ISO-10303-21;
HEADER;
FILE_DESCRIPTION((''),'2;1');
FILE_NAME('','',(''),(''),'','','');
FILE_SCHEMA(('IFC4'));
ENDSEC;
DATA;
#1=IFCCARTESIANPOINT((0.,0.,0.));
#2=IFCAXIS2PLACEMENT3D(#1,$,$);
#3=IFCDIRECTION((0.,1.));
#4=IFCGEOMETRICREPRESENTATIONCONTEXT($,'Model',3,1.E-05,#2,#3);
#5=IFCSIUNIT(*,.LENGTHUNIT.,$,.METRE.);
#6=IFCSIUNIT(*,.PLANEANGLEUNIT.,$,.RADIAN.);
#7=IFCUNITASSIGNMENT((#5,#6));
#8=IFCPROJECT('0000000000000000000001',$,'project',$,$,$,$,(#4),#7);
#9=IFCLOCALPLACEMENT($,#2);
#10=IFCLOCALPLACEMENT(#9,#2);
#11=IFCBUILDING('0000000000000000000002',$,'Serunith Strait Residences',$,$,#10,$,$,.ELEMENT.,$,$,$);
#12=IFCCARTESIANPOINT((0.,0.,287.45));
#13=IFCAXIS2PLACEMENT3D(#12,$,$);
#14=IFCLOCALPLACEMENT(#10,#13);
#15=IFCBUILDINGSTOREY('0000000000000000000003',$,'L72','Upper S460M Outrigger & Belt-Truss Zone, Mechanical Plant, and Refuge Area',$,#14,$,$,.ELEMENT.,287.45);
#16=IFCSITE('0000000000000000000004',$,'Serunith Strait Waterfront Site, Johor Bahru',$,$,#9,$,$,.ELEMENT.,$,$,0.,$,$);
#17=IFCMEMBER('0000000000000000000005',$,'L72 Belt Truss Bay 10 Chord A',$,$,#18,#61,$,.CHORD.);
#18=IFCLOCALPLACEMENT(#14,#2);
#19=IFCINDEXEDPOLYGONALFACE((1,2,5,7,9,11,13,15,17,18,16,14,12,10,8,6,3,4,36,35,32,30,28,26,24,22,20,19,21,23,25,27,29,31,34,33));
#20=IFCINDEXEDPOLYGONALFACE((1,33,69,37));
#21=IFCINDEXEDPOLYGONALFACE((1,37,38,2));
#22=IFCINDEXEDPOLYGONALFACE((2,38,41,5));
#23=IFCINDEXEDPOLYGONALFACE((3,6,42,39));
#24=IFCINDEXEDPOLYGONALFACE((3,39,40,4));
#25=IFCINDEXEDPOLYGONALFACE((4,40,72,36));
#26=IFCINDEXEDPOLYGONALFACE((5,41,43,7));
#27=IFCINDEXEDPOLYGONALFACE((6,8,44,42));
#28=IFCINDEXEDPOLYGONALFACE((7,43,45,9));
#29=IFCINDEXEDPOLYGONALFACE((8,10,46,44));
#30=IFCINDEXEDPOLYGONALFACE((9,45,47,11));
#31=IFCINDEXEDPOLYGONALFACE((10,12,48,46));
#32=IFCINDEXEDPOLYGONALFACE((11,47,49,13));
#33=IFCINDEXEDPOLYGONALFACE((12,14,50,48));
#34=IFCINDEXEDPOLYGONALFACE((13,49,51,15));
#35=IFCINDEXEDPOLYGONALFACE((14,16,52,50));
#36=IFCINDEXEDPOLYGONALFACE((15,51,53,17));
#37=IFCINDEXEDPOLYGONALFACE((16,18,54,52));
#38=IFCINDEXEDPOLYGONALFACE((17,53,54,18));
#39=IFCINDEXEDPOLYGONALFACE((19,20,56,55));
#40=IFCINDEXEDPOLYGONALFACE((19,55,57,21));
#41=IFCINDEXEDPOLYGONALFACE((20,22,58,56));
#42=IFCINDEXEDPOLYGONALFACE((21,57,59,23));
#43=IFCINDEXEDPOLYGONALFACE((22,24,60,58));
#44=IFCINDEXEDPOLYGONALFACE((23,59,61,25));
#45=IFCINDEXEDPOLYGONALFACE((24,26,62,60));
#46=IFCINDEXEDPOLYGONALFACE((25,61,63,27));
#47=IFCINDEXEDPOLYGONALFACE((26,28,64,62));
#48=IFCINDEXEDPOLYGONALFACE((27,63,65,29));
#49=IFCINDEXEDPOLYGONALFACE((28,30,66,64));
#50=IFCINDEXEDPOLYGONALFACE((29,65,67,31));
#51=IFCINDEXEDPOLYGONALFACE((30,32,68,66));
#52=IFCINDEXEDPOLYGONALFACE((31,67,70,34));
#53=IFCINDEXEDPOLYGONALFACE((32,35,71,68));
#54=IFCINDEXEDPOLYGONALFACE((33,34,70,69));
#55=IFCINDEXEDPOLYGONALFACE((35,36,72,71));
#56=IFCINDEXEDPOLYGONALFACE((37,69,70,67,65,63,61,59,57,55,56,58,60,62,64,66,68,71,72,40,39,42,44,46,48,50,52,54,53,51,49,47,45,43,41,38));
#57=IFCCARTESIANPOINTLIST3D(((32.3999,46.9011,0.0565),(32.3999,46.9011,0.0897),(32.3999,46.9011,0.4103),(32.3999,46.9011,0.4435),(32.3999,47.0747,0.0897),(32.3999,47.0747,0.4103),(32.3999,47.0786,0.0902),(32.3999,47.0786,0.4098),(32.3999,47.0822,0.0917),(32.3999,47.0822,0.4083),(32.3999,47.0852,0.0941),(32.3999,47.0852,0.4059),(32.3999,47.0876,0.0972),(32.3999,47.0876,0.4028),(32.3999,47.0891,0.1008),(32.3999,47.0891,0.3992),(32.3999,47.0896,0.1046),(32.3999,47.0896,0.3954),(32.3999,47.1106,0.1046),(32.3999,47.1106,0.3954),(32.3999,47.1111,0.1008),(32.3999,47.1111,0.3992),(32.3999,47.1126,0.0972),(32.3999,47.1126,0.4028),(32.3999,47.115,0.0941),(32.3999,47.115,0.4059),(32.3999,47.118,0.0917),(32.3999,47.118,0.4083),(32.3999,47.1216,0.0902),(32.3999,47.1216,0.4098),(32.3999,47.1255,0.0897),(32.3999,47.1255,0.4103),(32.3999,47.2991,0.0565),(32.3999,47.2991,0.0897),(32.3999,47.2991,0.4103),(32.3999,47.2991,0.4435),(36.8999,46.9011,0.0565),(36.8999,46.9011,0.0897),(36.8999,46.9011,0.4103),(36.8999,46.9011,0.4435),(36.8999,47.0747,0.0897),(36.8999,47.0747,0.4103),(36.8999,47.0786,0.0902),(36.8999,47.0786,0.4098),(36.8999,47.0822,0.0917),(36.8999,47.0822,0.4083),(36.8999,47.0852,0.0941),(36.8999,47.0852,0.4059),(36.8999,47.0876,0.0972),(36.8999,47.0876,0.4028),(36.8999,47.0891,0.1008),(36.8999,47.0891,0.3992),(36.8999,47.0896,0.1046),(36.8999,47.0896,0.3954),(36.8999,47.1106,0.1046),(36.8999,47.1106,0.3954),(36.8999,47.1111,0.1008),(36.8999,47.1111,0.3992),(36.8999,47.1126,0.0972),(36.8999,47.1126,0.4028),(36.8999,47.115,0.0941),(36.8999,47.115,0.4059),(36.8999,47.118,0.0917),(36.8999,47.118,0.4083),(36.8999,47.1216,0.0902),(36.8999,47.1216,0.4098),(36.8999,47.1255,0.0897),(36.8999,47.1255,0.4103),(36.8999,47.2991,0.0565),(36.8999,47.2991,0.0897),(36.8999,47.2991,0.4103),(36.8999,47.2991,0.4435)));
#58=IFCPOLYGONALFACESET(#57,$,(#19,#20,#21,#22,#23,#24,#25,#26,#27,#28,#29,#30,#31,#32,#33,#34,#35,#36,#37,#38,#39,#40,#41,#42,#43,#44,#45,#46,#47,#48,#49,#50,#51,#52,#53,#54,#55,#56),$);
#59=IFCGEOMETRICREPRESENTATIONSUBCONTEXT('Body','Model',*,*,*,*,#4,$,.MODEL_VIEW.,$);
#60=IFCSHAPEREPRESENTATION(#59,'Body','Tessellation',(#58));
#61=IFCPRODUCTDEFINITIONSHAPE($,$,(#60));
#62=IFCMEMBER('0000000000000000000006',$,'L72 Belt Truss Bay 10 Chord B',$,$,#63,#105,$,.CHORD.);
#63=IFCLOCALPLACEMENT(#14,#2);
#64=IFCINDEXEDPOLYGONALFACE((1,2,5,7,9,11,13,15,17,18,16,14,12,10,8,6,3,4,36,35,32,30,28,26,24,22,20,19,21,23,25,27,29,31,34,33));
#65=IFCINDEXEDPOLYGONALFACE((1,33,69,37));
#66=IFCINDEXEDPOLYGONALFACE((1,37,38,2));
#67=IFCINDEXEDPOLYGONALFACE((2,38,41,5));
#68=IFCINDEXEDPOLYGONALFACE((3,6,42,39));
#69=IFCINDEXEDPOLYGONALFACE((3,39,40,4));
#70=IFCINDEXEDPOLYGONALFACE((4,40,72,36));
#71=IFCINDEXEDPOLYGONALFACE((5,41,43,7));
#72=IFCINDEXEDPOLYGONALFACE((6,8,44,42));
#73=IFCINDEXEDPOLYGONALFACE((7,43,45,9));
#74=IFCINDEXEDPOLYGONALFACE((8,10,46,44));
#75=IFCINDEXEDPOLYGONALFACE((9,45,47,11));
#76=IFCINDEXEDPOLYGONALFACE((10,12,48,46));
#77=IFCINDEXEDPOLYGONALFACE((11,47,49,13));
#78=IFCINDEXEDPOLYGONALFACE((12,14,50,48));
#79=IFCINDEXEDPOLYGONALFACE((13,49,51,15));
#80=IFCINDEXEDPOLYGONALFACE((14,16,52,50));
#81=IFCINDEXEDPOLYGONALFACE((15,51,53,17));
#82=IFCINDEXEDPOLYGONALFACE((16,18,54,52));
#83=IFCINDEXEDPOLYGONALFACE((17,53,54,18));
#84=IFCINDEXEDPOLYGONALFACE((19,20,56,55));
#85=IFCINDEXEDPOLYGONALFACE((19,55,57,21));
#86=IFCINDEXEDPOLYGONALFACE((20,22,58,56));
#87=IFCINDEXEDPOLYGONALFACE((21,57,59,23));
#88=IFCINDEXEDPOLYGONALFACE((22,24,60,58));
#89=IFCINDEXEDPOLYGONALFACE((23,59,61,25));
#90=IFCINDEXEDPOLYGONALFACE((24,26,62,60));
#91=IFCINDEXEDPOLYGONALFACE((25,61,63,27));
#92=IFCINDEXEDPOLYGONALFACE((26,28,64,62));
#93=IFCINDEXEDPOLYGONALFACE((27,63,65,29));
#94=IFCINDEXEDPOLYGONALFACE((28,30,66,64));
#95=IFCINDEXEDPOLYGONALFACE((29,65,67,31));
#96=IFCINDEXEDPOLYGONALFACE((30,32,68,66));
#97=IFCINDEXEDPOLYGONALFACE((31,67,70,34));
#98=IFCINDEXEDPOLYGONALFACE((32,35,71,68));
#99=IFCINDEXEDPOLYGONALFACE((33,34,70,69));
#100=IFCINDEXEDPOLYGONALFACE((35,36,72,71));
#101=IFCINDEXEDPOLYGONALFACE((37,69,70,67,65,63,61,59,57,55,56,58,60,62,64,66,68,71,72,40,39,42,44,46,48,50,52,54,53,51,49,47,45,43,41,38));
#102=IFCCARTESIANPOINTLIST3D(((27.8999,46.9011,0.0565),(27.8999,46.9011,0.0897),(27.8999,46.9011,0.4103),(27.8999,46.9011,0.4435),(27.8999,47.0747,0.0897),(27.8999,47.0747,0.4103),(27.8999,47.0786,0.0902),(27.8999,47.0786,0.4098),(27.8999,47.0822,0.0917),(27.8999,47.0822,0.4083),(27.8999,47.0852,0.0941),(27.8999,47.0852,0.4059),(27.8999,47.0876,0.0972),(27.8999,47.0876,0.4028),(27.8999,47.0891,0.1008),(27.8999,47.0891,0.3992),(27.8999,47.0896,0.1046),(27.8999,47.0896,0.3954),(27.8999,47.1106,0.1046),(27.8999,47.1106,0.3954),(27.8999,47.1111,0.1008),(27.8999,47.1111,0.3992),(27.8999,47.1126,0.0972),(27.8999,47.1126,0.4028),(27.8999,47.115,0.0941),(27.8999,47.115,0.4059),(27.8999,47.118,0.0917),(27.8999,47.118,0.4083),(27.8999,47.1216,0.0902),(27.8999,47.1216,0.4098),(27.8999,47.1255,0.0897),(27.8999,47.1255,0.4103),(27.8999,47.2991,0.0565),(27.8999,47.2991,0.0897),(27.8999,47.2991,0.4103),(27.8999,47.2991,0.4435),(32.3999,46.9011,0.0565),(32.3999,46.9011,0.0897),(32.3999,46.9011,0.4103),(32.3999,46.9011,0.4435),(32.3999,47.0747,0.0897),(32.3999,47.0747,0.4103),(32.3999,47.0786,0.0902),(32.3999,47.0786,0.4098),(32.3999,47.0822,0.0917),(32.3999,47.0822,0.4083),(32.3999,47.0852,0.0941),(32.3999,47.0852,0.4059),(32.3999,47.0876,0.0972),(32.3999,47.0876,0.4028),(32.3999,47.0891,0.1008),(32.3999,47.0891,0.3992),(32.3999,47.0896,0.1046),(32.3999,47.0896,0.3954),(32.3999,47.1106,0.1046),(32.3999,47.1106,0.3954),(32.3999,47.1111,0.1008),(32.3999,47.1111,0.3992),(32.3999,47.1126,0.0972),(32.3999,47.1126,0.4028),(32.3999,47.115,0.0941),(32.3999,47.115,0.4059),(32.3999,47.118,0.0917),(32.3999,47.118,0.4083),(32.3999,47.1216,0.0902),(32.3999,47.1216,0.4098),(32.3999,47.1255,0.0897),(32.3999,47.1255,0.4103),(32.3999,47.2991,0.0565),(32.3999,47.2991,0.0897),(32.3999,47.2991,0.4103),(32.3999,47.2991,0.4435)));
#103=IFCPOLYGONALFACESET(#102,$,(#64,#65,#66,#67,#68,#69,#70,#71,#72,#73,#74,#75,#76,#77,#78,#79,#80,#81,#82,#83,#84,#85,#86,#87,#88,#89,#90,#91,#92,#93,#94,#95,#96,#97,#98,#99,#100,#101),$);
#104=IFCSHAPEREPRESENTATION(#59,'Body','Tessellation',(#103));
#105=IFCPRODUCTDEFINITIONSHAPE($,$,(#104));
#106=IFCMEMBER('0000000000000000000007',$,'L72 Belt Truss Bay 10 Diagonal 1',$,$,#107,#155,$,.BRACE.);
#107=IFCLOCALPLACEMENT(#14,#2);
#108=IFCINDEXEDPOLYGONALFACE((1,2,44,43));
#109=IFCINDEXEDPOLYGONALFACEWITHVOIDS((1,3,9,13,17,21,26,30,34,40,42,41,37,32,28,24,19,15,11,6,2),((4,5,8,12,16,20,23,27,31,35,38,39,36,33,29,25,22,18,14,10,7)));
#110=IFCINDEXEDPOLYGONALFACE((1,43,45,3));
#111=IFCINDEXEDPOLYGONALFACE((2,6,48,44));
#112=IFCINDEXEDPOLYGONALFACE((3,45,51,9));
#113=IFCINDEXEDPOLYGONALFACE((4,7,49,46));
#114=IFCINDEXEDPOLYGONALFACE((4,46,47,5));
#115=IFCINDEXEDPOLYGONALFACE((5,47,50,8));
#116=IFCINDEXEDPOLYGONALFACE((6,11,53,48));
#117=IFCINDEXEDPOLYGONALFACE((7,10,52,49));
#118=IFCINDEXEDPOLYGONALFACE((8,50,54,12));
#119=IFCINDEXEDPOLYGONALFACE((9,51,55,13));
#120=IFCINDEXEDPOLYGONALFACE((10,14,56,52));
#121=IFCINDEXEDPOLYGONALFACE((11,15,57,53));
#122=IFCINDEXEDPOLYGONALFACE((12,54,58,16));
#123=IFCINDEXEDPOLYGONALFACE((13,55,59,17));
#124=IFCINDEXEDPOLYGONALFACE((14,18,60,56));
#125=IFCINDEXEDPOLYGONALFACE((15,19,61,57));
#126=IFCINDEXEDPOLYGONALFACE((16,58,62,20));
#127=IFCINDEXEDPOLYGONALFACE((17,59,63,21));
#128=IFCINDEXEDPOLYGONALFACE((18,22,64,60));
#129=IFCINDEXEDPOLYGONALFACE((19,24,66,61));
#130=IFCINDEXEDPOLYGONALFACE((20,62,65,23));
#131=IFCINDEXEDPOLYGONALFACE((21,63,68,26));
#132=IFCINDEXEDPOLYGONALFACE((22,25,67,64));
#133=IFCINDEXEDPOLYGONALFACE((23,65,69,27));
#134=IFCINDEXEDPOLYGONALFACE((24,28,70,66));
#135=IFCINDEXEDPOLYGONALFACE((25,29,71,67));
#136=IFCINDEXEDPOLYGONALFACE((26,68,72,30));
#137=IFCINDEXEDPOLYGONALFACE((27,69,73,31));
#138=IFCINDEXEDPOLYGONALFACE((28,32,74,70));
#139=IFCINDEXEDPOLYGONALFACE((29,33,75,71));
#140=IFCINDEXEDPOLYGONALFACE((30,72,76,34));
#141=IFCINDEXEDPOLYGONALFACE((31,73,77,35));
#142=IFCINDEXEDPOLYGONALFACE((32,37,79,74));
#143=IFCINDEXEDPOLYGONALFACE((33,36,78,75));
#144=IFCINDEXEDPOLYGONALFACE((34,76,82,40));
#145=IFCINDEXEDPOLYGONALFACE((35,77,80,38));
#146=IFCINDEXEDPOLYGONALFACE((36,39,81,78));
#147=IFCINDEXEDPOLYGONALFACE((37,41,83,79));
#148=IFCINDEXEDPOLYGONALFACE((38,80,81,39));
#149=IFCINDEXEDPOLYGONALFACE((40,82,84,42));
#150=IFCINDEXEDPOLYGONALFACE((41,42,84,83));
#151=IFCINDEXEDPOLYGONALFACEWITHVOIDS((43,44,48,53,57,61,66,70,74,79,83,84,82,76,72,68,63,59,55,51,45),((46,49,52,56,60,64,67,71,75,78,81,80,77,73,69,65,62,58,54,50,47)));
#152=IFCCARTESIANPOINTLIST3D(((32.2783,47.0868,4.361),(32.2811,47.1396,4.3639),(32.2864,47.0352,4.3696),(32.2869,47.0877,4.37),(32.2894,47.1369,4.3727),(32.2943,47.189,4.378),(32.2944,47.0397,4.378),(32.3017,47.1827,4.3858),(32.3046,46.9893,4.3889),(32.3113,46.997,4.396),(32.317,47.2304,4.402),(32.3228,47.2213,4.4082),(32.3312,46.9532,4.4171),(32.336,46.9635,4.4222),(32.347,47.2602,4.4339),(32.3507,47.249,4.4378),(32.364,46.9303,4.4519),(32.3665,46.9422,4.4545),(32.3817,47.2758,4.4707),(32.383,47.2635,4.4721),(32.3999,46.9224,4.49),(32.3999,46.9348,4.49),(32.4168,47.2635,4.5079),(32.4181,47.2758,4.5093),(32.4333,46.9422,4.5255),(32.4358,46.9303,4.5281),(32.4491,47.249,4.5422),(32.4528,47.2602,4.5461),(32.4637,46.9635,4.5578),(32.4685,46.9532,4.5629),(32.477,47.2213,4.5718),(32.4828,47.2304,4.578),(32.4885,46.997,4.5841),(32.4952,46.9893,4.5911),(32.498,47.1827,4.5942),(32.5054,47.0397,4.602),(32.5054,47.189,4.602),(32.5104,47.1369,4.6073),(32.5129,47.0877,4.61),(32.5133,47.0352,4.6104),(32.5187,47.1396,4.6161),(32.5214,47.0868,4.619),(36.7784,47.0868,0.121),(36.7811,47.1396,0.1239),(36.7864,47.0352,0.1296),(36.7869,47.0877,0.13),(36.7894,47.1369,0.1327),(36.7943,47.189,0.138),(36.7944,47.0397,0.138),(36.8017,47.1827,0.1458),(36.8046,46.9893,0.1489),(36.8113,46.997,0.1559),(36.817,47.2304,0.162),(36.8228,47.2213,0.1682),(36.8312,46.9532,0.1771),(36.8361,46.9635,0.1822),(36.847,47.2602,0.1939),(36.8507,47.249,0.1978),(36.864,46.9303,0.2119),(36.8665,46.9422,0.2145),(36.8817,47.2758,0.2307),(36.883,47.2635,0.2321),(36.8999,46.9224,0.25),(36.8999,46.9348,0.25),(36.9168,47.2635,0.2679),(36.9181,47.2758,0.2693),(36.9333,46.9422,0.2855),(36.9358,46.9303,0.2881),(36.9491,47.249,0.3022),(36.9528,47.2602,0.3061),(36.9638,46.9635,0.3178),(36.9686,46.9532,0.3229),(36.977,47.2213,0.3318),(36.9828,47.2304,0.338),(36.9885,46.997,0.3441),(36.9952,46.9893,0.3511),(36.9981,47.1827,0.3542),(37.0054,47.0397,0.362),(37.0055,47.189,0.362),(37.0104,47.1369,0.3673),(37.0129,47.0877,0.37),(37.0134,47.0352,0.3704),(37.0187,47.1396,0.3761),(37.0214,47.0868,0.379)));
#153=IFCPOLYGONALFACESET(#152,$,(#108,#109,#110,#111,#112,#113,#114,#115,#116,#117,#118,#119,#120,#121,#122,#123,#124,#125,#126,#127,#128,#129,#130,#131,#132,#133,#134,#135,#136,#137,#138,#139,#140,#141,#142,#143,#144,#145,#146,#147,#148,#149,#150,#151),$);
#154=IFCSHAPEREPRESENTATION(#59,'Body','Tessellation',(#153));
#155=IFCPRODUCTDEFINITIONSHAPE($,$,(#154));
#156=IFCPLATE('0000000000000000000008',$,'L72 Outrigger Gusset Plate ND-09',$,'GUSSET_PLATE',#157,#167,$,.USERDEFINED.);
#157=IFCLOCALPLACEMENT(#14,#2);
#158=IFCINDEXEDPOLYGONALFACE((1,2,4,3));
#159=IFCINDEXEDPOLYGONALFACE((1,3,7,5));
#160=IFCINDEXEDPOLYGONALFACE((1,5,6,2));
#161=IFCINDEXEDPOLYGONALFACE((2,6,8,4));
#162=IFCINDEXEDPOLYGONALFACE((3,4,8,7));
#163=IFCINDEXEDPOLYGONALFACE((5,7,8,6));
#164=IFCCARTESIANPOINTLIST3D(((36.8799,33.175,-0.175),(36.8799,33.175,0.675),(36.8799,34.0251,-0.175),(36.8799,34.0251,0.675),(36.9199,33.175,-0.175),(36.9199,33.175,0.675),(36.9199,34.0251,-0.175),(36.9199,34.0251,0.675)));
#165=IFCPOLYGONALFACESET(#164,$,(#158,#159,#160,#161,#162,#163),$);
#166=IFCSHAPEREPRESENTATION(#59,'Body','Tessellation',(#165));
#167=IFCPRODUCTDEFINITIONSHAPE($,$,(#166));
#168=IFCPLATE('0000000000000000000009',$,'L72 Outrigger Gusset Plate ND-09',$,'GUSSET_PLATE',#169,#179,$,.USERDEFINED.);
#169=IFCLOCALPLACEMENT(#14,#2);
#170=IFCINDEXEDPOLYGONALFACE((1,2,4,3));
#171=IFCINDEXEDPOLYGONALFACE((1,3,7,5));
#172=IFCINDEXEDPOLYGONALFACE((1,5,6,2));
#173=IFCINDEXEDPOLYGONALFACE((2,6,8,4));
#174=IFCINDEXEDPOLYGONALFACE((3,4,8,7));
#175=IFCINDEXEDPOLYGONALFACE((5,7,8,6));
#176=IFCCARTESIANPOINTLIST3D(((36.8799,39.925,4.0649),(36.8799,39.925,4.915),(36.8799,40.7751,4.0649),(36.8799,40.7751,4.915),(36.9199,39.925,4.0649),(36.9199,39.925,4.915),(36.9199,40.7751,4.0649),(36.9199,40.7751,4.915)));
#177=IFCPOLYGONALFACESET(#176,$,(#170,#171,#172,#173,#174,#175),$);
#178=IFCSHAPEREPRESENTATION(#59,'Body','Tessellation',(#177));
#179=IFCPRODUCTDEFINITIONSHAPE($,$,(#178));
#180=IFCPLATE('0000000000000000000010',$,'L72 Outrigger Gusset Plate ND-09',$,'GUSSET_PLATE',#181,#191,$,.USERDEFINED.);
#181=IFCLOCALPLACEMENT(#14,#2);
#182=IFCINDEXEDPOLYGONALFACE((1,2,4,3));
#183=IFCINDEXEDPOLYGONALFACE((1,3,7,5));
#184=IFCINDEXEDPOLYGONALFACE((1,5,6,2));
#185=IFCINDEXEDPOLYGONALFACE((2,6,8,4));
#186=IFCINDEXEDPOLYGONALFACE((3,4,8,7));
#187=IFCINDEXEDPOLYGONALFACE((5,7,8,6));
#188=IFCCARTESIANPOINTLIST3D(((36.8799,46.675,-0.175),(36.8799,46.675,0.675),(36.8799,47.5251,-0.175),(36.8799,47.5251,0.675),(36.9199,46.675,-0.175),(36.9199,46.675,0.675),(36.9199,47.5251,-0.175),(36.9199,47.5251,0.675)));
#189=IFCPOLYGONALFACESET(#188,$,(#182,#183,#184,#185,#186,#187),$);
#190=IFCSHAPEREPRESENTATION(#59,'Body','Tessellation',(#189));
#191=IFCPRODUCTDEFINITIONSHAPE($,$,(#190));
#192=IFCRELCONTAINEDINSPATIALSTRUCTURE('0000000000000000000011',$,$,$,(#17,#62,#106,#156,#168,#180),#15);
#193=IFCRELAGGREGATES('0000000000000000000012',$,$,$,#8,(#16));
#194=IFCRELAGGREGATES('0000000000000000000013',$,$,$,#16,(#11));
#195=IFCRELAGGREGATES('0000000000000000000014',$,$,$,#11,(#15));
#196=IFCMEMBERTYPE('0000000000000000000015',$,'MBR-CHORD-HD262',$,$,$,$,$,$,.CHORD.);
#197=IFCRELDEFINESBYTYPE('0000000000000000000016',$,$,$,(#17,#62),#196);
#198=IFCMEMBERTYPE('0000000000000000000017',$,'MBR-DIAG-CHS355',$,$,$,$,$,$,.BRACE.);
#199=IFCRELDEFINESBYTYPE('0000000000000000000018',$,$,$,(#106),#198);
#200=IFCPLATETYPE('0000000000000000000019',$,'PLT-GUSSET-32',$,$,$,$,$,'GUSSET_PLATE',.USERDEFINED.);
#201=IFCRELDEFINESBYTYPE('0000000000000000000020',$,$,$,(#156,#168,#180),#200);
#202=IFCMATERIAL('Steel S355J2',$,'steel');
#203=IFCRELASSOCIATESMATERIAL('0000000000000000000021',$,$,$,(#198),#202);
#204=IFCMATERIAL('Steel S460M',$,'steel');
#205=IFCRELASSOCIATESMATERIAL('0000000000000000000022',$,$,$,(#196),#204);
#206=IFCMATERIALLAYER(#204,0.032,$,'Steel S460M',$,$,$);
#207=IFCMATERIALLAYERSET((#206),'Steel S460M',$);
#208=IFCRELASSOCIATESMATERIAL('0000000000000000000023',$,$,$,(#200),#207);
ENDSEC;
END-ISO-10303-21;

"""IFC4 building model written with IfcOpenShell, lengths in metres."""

from ifc_helpers import new_model, si_unit, direction, frame, origin, origin_2d, place, context, subcontext, project, spatial, rectangle, hollow_circle, i_section, extrude, source, transform, mapped, material, layer, layer_set, material_profile, profile_set, type_object, element, save


model = new_model("IFC4")

# Units and contexts
model_context = context("Model", 3, precision=1e-05, world=origin(), true_north=direction((0.0, 1.0)))
body_context = subcontext(model_context, "Body", "Model", "MODEL_VIEW")
ifc_project = project(units=[si_unit("LENGTHUNIT", "METRE"), si_unit("PLANEANGLEUNIT", "RADIAN")], contexts=[model_context])

# Site, building, storey
site_placement = place(None, origin())
site = spatial("IfcSite", under=ifc_project, at=site_placement, Name="Serunith Strait Waterfront Site, Johor Bahru", CompositionType="ELEMENT", RefElevation=0.0)
building_placement = place(site_placement, origin())
building = spatial("IfcBuilding", under=site, at=building_placement, Name="Serunith Strait Residences", CompositionType="ELEMENT")
storey_placement = place(building_placement, frame((0.0, 0.0, 287.45)))
storey = spatial("IfcBuildingStorey", under=building, at=storey_placement, Name="L72", Description="Upper S460M Outrigger & Belt-Truss Zone, Mechanical Plant, and Refuge Area", CompositionType="ELEMENT", Elevation=287.45)

# Shared definitions
ifc_material_1 = material(Name="Steel S355J2", Category="steel")

# Members
ifc_material_2 = material(Name="Steel S460M", Category="steel")
ifc_material_profile_1 = material_profile(ifc_material_1, hollow_circle(Radius=0.1777, WallThickness=0.0125, at=origin_2d()), Name="CHS 355.6x12.5")
ifc_profile_set_1 = profile_set([ifc_material_profile_1], Name="Steel S355J2")
member_type_1 = type_object("IfcMemberType", Name="MBR-DIAG-CHS355", PredefinedType="BRACE", material=ifc_profile_set_1)
ifc_material_profile_2 = material_profile(ifc_material_2, i_section(OverallWidth=0.3979, OverallDepth=0.387, WebThickness=0.021, FlangeThickness=0.0332, FilletRadius=0.0149, at=origin_2d()), Name="HD 400x262")
ifc_profile_set_2 = profile_set([ifc_material_profile_2], Name="Steel S460M")
member_type_2 = type_object("IfcMemberType", Name="MBR-CHORD-HD262", PredefinedType="CHORD", material=ifc_profile_set_2)
shared_shape_1 = source(origin(), body_context, "Body", "SweptSolid", [
    extrude(i_section(OverallWidth=0.3979, OverallDepth=0.387, WebThickness=0.021, FlangeThickness=0.0332, FilletRadius=0.0149, at=origin_2d()), origin(), (0.0, 0.0, 1.0), 4.5),
])
for number, where, z_axis, x_axis, name in (
    (1, (36.8999, 47.1001, 0.25), (-1.0, 0.0, 0.0), (0.0, -1.0, 0.0), "L72 Belt Truss Bay 10 Chord A"),
    (2, (32.3999, 47.1001, 0.25), (-1.0, 0.0, 0.0), (0.0, -1.0, 0.0), "L72 Belt Truss Bay 10 Chord B"),
):
    element("IfcMember", number, at=place(storey_placement, frame(where, z_axis=z_axis, x_axis=x_axis)), inside=storey, type_object=member_type_2, Name=name, PredefinedType="CHORD", context=body_context, shape_type="MappedRepresentation", body=[
        mapped(shared_shape_1, transform((0.0, 0.0, 0.0), scale=1.0)),
    ])
shared_shape_2 = source(origin(), body_context, "Body", "SweptSolid", [
    extrude(hollow_circle(Radius=0.1777, WallThickness=0.0125, at=origin_2d()), origin(), (0.0, 0.0, 1.0), 6.1829),
])
member_1_placement = place(storey_placement, frame((36.8999, 47.1001, 0.25), z_axis=(-0.727821, 0.0, 0.685767), x_axis=(0.0, -1.0, 0.0)))
element("IfcMember", 3, at=member_1_placement, inside=storey, type_object=member_type_1, Name="L72 Belt Truss Bay 10 Diagonal 1", PredefinedType="BRACE", context=body_context, shape_type="MappedRepresentation", body=[
    mapped(shared_shape_2, transform((0.0, 0.0, 0.0), scale=1.0)),
])

# Plates
ifc_layer_1 = layer(ifc_material_2, 0.032, Name="Steel S460M")
ifc_layer_set_1 = layer_set([ifc_layer_1], Name="Steel S460M")
plate_type_1 = type_object("IfcPlateType", Name="PLT-GUSSET-32", ElementType="GUSSET_PLATE", PredefinedType="USERDEFINED", material=ifc_layer_set_1)
shared_shape_3 = source(origin(), body_context, "Body", "SweptSolid", [
    extrude(rectangle(XDim=0.8501, YDim=0.04, at=origin_2d()), origin(), (0.0, 0.0, 1.0), 0.8501),
])
for number, where, z_axis, x_axis, name in (
    (4, (36.8999, 33.6001, -0.175), (0.0, 0.0, 1.0), (0.0, 1.0, 0.0), "L72 Outrigger Gusset Plate ND-09"),
    (5, (36.8999, 40.3501, 4.0649), (0.0, 0.0, 1.0), (0.0, 1.0, 0.0), "L72 Outrigger Gusset Plate ND-09"),
    (6, (36.8999, 47.1001, -0.175), (0.0, 0.0, 1.0), (0.0, 1.0, 0.0), "L72 Outrigger Gusset Plate ND-09"),
):
    element("IfcPlate", number, at=place(storey_placement, frame(where, z_axis=z_axis, x_axis=x_axis)), inside=storey, type_object=plate_type_1, Name=name, ObjectType="GUSSET_PLATE", PredefinedType="USERDEFINED", context=body_context, shape_type="MappedRepresentation", body=[
        mapped(shared_shape_3, transform((0.0, 0.0, 0.0), scale=1.0)),
    ])

save(model, "model.ifc")
